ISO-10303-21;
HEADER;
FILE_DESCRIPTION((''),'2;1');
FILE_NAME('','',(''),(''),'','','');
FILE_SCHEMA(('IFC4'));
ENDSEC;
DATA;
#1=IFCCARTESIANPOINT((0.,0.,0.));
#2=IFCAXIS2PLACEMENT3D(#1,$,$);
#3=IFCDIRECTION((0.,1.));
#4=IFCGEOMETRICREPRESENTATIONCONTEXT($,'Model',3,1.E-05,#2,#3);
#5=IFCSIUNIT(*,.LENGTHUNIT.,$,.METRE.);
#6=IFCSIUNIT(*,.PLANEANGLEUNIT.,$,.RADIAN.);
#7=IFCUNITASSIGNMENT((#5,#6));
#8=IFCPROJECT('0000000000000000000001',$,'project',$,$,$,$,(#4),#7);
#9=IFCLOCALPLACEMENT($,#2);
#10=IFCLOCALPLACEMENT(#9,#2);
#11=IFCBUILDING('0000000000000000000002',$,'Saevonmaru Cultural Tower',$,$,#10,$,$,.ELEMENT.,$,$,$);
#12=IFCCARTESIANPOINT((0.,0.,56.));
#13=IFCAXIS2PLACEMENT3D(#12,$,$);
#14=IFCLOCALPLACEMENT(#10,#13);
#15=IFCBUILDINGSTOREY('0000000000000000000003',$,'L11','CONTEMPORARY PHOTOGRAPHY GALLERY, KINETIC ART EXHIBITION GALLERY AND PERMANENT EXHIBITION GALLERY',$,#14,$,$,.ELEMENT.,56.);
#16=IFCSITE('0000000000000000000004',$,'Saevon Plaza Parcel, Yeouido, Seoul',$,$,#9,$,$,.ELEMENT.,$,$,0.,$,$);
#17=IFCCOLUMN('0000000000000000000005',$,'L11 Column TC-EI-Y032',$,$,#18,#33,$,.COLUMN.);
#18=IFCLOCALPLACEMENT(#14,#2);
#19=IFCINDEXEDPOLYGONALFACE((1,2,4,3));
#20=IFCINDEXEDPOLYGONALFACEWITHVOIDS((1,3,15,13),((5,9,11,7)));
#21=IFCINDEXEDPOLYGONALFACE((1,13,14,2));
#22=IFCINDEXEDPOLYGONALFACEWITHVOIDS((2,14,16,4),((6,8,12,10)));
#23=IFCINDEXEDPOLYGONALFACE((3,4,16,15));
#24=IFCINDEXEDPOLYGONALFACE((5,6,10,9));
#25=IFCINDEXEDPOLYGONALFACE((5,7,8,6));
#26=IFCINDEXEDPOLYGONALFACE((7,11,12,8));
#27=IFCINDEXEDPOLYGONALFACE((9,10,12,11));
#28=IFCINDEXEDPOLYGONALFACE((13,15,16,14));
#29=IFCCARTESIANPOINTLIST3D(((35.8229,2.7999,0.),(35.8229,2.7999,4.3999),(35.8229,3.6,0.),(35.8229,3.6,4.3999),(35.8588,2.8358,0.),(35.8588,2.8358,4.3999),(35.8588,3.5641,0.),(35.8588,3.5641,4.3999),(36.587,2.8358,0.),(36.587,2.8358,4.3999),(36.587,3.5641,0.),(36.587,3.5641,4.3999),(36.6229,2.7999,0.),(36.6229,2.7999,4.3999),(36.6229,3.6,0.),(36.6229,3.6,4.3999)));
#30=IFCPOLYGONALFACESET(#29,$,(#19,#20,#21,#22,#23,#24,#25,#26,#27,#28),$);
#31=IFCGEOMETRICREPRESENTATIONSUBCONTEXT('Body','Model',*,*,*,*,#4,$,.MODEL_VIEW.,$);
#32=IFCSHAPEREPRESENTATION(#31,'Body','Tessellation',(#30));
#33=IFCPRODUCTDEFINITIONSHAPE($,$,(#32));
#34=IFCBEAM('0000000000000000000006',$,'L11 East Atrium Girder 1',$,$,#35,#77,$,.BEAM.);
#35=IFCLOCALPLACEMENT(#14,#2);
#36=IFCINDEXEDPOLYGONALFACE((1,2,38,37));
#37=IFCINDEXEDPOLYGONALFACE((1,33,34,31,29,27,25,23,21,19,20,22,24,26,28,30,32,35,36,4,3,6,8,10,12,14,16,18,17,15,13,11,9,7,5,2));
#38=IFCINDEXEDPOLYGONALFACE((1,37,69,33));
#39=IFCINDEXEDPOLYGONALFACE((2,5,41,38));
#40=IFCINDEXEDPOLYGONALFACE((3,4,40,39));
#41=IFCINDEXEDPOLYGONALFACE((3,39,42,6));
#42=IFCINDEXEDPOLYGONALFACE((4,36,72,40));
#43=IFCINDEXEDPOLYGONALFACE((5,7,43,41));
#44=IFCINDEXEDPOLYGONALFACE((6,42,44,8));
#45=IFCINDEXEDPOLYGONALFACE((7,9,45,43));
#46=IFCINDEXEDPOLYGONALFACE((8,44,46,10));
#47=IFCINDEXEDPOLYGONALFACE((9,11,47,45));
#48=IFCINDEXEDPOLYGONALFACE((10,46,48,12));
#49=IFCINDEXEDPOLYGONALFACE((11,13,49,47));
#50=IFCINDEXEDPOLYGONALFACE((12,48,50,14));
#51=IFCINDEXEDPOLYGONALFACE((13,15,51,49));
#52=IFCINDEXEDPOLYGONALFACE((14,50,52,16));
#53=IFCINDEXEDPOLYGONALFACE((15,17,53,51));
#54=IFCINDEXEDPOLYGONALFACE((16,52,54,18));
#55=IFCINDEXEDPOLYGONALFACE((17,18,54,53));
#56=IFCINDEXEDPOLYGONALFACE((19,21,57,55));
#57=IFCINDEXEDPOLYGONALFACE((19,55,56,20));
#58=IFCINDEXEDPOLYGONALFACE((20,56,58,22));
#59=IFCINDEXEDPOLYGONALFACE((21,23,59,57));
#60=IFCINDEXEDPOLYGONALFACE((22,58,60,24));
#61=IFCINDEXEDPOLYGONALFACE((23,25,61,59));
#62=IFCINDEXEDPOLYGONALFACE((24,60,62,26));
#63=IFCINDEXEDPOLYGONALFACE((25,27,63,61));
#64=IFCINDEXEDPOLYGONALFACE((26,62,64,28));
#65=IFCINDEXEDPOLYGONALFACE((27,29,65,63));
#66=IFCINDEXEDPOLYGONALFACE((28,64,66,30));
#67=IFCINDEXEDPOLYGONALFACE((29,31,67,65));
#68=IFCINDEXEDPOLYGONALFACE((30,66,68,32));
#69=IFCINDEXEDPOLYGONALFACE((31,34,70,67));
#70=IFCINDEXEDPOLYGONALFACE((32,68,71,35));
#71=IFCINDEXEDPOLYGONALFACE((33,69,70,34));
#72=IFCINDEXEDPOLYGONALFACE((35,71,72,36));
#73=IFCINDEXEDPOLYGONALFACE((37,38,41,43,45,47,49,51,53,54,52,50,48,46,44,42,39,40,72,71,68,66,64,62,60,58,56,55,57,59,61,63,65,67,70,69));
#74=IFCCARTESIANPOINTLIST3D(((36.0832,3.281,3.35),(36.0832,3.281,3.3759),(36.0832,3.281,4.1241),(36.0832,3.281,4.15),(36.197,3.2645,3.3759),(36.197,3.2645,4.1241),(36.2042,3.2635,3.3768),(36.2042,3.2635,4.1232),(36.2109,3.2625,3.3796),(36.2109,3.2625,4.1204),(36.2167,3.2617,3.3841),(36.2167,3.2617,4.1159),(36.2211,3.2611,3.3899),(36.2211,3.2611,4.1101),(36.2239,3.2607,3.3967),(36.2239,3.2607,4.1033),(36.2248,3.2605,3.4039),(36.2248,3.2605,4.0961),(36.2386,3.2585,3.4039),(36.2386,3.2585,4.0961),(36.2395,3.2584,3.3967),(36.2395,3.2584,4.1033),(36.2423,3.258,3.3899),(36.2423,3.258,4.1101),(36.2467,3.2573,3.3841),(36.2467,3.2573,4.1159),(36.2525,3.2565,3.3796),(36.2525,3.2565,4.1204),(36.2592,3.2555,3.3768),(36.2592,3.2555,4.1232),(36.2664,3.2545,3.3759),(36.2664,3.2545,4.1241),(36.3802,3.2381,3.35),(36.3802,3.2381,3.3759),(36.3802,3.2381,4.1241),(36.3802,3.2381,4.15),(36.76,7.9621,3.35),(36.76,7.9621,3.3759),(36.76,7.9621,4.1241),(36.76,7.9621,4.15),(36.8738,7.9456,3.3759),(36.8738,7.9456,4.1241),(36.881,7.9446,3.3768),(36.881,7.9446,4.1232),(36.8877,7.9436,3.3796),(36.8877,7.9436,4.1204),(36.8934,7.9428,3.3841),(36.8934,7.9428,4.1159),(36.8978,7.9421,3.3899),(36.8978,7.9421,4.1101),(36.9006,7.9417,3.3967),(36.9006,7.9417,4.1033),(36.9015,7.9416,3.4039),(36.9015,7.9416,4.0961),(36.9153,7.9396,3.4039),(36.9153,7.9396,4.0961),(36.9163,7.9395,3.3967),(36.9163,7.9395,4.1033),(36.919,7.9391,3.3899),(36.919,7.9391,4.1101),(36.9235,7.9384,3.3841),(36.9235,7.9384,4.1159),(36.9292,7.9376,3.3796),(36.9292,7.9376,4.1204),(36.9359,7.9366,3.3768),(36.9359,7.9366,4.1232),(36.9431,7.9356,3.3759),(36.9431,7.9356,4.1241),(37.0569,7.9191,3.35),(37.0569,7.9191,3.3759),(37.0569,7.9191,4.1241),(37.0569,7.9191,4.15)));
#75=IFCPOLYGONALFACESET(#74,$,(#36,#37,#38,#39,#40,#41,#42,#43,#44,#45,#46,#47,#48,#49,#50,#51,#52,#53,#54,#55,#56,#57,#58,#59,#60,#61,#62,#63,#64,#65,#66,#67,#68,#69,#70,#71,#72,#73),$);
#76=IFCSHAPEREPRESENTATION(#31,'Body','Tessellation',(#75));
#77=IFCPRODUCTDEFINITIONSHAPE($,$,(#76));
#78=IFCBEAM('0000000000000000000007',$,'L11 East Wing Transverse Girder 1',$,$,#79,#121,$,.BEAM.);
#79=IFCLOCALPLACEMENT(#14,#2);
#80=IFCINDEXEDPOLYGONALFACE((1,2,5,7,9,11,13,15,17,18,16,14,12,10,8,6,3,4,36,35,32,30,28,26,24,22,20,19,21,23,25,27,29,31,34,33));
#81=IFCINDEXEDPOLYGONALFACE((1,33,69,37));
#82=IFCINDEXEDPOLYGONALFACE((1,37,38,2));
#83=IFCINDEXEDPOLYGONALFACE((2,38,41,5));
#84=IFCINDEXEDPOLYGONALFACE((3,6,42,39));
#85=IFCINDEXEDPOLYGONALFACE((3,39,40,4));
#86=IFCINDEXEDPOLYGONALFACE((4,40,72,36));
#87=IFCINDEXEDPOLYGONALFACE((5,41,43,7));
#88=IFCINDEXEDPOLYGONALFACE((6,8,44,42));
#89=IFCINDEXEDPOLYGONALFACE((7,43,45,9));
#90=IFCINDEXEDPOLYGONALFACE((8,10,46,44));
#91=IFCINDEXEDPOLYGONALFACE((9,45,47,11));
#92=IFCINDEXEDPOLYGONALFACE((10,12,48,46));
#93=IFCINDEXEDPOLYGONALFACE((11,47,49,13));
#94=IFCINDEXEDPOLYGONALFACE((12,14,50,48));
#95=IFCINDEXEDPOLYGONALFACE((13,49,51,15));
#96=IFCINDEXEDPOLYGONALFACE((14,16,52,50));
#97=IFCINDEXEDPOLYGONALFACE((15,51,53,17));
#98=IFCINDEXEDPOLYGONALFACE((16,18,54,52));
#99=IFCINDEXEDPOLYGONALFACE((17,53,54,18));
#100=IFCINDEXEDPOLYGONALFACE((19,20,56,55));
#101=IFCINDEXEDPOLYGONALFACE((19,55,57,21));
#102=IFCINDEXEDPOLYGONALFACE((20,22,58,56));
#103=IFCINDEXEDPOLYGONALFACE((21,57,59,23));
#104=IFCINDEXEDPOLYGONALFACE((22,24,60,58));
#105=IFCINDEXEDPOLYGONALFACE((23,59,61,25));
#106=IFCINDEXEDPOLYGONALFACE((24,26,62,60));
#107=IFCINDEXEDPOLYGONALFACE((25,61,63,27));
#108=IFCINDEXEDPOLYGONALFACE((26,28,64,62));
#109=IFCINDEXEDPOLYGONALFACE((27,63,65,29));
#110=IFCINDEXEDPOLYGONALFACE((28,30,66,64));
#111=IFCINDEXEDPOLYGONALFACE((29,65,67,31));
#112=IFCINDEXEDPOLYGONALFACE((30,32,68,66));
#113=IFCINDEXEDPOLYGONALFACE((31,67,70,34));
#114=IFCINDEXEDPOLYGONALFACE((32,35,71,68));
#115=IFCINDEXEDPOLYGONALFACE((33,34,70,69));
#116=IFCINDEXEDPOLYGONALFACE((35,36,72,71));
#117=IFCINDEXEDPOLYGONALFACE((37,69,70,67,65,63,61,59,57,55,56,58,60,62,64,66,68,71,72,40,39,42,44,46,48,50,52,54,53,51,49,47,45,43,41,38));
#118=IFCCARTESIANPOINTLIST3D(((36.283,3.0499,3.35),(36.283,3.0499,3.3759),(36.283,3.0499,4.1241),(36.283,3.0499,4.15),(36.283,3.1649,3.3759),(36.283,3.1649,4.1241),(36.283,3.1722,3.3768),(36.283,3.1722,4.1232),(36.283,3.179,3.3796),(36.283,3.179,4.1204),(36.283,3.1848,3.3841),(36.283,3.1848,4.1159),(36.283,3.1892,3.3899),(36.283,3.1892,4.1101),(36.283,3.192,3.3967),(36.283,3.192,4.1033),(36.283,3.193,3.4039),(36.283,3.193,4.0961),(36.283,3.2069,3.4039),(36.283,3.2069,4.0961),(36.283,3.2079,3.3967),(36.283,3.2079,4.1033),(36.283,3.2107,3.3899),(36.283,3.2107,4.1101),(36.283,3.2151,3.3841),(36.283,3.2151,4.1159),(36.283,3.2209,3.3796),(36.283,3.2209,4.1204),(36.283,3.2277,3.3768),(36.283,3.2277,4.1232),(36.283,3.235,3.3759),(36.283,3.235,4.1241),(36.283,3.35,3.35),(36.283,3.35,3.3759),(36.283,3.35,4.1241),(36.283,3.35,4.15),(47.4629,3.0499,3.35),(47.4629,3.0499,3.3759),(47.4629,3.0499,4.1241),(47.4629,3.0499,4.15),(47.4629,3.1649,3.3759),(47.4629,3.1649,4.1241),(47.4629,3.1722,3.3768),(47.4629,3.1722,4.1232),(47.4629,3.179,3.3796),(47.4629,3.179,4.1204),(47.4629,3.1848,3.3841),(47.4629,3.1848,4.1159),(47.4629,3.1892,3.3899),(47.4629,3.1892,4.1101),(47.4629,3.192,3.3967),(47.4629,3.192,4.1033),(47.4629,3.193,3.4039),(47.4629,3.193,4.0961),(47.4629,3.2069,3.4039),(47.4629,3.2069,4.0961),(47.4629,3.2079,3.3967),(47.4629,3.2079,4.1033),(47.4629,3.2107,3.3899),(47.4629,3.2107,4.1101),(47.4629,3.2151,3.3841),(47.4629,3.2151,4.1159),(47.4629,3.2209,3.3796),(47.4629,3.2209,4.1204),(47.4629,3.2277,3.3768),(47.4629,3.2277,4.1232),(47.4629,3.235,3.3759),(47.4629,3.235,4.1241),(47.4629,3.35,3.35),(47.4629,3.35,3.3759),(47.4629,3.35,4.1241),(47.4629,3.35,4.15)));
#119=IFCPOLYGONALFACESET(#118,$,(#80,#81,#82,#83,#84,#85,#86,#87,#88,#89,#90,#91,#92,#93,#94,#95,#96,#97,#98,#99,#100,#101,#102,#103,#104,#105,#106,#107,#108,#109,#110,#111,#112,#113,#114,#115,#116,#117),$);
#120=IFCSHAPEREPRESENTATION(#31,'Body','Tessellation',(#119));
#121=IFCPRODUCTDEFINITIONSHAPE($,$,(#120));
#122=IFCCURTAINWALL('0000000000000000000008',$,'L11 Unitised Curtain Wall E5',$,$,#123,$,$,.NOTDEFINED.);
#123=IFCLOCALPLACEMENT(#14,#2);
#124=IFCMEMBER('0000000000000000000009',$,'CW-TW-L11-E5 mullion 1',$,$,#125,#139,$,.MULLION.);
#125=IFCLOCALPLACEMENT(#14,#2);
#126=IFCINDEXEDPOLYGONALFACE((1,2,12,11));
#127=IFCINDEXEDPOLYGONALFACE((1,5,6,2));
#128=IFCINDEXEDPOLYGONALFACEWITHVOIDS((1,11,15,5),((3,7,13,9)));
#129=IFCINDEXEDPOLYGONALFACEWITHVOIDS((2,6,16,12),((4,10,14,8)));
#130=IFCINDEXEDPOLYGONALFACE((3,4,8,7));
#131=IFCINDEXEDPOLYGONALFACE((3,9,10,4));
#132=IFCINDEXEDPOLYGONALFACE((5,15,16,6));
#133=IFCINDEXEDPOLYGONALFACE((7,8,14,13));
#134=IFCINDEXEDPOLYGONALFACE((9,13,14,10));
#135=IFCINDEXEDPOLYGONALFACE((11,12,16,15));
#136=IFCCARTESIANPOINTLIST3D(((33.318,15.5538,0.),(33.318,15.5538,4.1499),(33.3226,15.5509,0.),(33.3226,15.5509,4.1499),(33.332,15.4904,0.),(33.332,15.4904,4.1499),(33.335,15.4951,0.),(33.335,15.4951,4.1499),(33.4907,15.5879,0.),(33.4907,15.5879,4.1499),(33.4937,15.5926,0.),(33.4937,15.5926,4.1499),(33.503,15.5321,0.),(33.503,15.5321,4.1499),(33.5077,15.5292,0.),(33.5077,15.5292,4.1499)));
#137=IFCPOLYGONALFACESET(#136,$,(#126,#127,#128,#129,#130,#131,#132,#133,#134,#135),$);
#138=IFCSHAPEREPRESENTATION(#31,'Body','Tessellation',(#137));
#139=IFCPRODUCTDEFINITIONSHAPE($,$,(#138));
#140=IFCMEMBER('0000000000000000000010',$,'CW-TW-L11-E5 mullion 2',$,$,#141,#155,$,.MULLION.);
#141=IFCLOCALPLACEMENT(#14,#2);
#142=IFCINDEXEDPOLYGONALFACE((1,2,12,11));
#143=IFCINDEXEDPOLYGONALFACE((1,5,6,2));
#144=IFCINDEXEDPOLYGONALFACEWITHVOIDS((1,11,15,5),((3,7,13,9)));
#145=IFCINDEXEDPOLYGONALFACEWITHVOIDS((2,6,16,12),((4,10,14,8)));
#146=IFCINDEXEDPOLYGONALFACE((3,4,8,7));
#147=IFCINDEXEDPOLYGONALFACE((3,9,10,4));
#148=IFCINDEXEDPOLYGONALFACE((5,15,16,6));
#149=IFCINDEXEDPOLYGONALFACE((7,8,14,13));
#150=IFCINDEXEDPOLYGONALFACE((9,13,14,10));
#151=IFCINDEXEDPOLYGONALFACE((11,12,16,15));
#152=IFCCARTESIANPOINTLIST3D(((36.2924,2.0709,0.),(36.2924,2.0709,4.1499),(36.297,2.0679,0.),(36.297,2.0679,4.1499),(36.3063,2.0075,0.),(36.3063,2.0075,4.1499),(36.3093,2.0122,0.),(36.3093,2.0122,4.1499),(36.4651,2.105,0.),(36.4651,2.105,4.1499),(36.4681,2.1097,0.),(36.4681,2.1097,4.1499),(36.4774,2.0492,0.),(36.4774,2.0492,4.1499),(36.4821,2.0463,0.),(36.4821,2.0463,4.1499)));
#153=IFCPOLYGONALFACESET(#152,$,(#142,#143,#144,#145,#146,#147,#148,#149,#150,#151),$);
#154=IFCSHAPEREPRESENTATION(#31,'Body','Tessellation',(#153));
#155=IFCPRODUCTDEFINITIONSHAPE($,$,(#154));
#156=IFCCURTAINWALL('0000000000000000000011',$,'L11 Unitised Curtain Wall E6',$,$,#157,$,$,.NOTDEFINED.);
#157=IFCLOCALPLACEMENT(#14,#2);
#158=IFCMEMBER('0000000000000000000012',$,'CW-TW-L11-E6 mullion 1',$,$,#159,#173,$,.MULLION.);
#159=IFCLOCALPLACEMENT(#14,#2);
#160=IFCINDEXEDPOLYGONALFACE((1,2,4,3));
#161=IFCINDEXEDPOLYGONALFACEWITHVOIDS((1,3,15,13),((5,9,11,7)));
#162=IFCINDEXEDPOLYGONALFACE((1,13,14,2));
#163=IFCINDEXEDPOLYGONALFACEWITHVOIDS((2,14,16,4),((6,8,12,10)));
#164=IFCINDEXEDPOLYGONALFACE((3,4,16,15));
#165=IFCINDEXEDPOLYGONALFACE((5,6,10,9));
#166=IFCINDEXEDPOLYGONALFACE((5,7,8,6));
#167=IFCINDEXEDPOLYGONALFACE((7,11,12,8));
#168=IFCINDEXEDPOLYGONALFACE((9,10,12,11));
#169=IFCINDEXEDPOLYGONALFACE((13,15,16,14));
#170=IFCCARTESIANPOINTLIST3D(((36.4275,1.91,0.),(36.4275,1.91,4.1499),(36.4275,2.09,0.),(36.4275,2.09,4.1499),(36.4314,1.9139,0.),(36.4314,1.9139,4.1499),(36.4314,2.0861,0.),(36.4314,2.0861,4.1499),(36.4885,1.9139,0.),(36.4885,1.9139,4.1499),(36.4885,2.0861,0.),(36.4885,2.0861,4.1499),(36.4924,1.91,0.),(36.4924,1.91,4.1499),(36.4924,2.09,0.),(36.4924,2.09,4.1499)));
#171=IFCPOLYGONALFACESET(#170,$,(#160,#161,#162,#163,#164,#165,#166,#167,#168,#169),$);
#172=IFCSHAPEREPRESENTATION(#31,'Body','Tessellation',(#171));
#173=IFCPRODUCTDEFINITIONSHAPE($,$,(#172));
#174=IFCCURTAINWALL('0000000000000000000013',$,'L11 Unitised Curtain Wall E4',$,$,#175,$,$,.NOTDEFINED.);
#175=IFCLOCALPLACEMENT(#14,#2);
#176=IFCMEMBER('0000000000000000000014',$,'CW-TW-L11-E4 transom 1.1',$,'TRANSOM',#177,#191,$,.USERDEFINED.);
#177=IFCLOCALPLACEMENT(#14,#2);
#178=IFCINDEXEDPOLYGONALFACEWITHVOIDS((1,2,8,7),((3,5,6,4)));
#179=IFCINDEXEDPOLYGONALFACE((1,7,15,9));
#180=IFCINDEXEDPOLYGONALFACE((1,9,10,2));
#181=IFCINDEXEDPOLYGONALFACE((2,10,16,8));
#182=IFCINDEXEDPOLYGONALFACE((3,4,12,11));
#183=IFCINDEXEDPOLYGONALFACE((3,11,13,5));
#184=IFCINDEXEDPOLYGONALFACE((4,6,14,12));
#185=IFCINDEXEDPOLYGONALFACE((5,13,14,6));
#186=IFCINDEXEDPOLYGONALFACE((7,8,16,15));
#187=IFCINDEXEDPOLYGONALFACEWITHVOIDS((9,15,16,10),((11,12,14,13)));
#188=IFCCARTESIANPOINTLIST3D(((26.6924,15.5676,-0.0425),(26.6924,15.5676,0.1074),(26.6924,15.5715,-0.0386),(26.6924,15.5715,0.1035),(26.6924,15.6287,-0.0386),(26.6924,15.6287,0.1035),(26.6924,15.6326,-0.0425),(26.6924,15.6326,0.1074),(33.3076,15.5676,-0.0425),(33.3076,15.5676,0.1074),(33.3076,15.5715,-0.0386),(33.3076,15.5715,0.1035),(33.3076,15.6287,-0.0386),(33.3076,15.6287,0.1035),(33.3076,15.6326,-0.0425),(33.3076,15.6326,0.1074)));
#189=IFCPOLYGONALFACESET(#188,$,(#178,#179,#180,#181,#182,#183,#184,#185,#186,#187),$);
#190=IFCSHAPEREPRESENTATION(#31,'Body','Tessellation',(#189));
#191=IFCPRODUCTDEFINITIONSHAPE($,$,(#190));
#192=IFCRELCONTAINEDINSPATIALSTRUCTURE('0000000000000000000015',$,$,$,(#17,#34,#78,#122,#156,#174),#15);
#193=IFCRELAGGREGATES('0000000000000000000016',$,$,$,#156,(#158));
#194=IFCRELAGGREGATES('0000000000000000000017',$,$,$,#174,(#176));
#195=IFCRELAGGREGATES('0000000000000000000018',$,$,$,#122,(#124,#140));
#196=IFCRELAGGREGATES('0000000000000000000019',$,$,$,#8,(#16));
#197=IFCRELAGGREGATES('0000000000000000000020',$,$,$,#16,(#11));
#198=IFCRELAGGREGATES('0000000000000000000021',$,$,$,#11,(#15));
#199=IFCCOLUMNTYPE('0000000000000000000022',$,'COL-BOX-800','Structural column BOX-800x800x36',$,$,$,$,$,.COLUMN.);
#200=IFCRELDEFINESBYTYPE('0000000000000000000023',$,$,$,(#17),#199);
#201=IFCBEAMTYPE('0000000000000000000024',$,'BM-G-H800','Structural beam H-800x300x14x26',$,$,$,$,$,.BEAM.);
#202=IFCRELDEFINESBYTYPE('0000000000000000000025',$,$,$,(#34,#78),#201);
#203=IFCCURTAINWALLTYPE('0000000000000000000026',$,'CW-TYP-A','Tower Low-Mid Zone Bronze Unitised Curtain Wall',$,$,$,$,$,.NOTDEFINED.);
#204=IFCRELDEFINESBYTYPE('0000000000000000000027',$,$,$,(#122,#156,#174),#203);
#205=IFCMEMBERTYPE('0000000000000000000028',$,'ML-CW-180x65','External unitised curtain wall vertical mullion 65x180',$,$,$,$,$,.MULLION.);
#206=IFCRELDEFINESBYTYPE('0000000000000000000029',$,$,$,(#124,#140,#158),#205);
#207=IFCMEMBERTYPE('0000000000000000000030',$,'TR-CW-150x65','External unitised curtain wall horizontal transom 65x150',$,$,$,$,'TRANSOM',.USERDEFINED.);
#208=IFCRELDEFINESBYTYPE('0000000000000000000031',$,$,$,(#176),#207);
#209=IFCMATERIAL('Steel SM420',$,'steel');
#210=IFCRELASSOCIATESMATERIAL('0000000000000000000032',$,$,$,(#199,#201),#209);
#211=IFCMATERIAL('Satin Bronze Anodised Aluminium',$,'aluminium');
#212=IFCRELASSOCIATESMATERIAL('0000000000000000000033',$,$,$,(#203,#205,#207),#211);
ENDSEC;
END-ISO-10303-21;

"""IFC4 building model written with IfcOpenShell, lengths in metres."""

from ifc_helpers import new_model, si_unit, direction, frame, origin, origin_2d, place, context, subcontext, project, spatial, hollow_rectangle, i_section, extrude, material, material_profile, profile_set, type_object, element, aggregate, save


model = new_model("IFC4")

# Units and contexts
model_context = context("Model", 3, precision=1e-05, world=origin(), true_north=direction((0.0, 1.0)))
body_context = subcontext(model_context, "Body", "Model", "MODEL_VIEW")
ifc_project = project(units=[si_unit("LENGTHUNIT", "METRE"), si_unit("PLANEANGLEUNIT", "RADIAN")], contexts=[model_context])

# Site, building, storey
site_placement = place(None, origin())
site = spatial("IfcSite", under=ifc_project, at=site_placement, Name="Saevon Plaza Parcel, Yeouido, Seoul", CompositionType="ELEMENT", RefElevation=0.0)
building_placement = place(site_placement, origin())
building = spatial("IfcBuilding", under=site, at=building_placement, Name="Saevonmaru Cultural Tower", CompositionType="ELEMENT")
storey_placement = place(building_placement, frame((0.0, 0.0, 56.0)))
storey = spatial("IfcBuildingStorey", under=building, at=storey_placement, Name="L11", Description="CONTEMPORARY PHOTOGRAPHY GALLERY, KINETIC ART EXHIBITION GALLERY AND PERMANENT EXHIBITION GALLERY", CompositionType="ELEMENT", Elevation=56.0)

# Column
ifc_material_1 = material(Name="Steel SM420", Category="steel")
ifc_material_profile_1 = material_profile(ifc_material_1, hollow_rectangle(XDim=0.8, YDim=0.8, WallThickness=0.0359, at=origin_2d()), Name="BOX-800x800x36")
ifc_profile_set_1 = profile_set([ifc_material_profile_1], Name="Steel SM420")
column_type = type_object("IfcColumnType", Name="COL-BOX-800", Description="Structural column BOX-800x800x36", PredefinedType="COLUMN", material=ifc_profile_set_1)
column_placement = place(storey_placement, frame((36.2229, 3.2, 0.0), z_axis=(0.0, 0.0, 1.0), x_axis=(1.0, 0.0, 0.0)))
element("IfcColumn", 1, at=column_placement, inside=storey, type_object=column_type, Name="L11 Column TC-EI-Y032", PredefinedType="COLUMN", context=body_context, shape_type="SweptSolid", body=[
    extrude(hollow_rectangle(XDim=0.8, YDim=0.8, WallThickness=0.0359, at=origin_2d()), origin(), (0.0, 0.0, 1.0), 4.3999),
])

# Beams
ifc_material_profile_2 = material_profile(ifc_material_1, i_section(OverallWidth=0.3, OverallDepth=0.8, WebThickness=0.0139, FlangeThickness=0.0259, FilletRadius=0.0281, at=origin_2d()), Name="H-800x300x14x26")
ifc_profile_set_2 = profile_set([ifc_material_profile_2], Name="Steel SM420")
beam_type = type_object("IfcBeamType", Name="BM-G-H800", Description="Structural beam H-800x300x14x26", PredefinedType="BEAM", material=ifc_profile_set_2)
beam_1_placement = place(storey_placement, frame((36.2317, 3.2595, 3.75), z_axis=(0.143083, 0.989711, 0.0), x_axis=(-0.989711, 0.143083, 0.0)))
element("IfcBeam", 2, at=beam_1_placement, inside=storey, type_object=beam_type, Name="L11 East Atrium Girder 1", PredefinedType="BEAM", context=body_context, shape_type="SweptSolid", body=[
    extrude(i_section(OverallWidth=0.3, OverallDepth=0.8, WebThickness=0.0139, FlangeThickness=0.0259, FilletRadius=0.0281, at=origin_2d()), origin(), (0.0, 0.0, 1.0), 4.7297),
])
beam_2_placement = place(storey_placement, frame((36.283, 3.2, 3.75), z_axis=(1.0, 0.0, 0.0), x_axis=(0.0, 1.0, 0.0)))
element("IfcBeam", 3, at=beam_2_placement, inside=storey, type_object=beam_type, Name="L11 East Wing Transverse Girder 1", PredefinedType="BEAM", context=body_context, shape_type="SweptSolid", body=[
    extrude(i_section(OverallWidth=0.3, OverallDepth=0.8, WebThickness=0.0139, FlangeThickness=0.0259, FilletRadius=0.0281, at=origin_2d()), origin(), (0.0, 0.0, 1.0), 11.1799),
])

# Curtain wall, members
ifc_material_2 = material(Name="Satin Bronze Anodised Aluminium", Category="aluminium")
curtain_wall_type = type_object("IfcCurtainWallType", Name="CW-TYP-A", Description="Tower Low-Mid Zone Bronze Unitised Curtain Wall", PredefinedType="NOTDEFINED", material=ifc_material_2)
curtain_wall_1_placement = place(storey_placement, origin())
curtain_wall_1 = element("IfcCurtainWall", 4, at=curtain_wall_1_placement, inside=storey, type_object=curtain_wall_type, Name="L11 Unitised Curtain Wall E5", PredefinedType="NOTDEFINED")
ifc_material_profile_3 = material_profile(ifc_material_2, hollow_rectangle(XDim=0.0649, YDim=0.1799, WallThickness=0.0039, at=origin_2d()), Name="ALU-MULL-180x65x4")
ifc_profile_set_3 = profile_set([ifc_material_profile_3], Name="Satin Bronze Anodised Aluminium")
member_type_1 = type_object("IfcMemberType", Name="ML-CW-180x65", Description="External unitised curtain wall vertical mullion 65x180", PredefinedType="MULLION", material=ifc_profile_set_3)
member_1_placement = place(storey_placement, frame((33.4128, 15.5415, 0.0), z_axis=(0.0, 0.0, 1.0), x_axis=(0.215413, -0.976523, 0.0)))
member_1 = element("IfcMember", 5, at=member_1_placement, type_object=member_type_1, Name="CW-TW-L11-E5 mullion 1", PredefinedType="MULLION", context=body_context, shape_type="SweptSolid", body=[
    extrude(hollow_rectangle(XDim=0.0649, YDim=0.1799, WallThickness=0.0039, at=origin_2d()), origin(), (0.0, 0.0, 1.0), 4.1499),
])
member_2_placement = place(storey_placement, frame((36.3872, 2.0586, 0.0), z_axis=(0.0, 0.0, 1.0), x_axis=(0.215413, -0.976523, 0.0)))
member_2 = element("IfcMember", 6, at=member_2_placement, type_object=member_type_1, Name="CW-TW-L11-E5 mullion 2", PredefinedType="MULLION", context=body_context, shape_type="SweptSolid", body=[
    extrude(hollow_rectangle(XDim=0.0649, YDim=0.1799, WallThickness=0.0039, at=origin_2d()), origin(), (0.0, 0.0, 1.0), 4.1499),
])

# Curtain wall, member
curtain_wall_2_placement = place(storey_placement, origin())
curtain_wall_2 = element("IfcCurtainWall", 7, at=curtain_wall_2_placement, inside=storey, type_object=curtain_wall_type, Name="L11 Unitised Curtain Wall E6", PredefinedType="NOTDEFINED")
member_3_placement = place(storey_placement, frame((36.46, 2.0, 0.0), z_axis=(0.0, 0.0, 1.0), x_axis=(1.0, 0.0, 0.0)))
member_3 = element("IfcMember", 8, at=member_3_placement, type_object=member_type_1, Name="CW-TW-L11-E6 mullion 1", PredefinedType="MULLION", context=body_context, shape_type="SweptSolid", body=[
    extrude(hollow_rectangle(XDim=0.0649, YDim=0.1799, WallThickness=0.0039, at=origin_2d()), origin(), (0.0, 0.0, 1.0), 4.1499),
])

# Curtain wall, member
curtain_wall_3_placement = place(storey_placement, origin())
curtain_wall_3 = element("IfcCurtainWall", 9, at=curtain_wall_3_placement, inside=storey, type_object=curtain_wall_type, Name="L11 Unitised Curtain Wall E4", PredefinedType="NOTDEFINED")
ifc_material_profile_4 = material_profile(ifc_material_2, hollow_rectangle(XDim=0.0649, YDim=0.1499, WallThickness=0.0039, at=origin_2d()), Name="ALU-TRAN-150x65x4")
ifc_profile_set_4 = profile_set([ifc_material_profile_4], Name="Satin Bronze Anodised Aluminium")
member_type_2 = type_object("IfcMemberType", Name="TR-CW-150x65", Description="External unitised curtain wall horizontal transom 65x150", ElementType="TRANSOM", PredefinedType="USERDEFINED", material=ifc_profile_set_4)
member_4_placement = place(storey_placement, frame((26.6924, 15.6001, 0.0325), z_axis=(1.0, 0.0, 0.0), x_axis=(0.0, 1.0, 0.0)))
member_4 = element("IfcMember", 10, at=member_4_placement, type_object=member_type_2, Name="CW-TW-L11-E4 transom 1.1", ObjectType="TRANSOM", PredefinedType="USERDEFINED", context=body_context, shape_type="SweptSolid", body=[
    extrude(hollow_rectangle(XDim=0.0649, YDim=0.1499, WallThickness=0.0039, at=origin_2d()), origin(), (0.0, 0.0, 1.0), 6.6152),
])

aggregate(curtain_wall_2, [member_3])

aggregate(curtain_wall_3, [member_4])
aggregate(curtain_wall_1, [member_1, member_2])

save(model, "model.ifc")
